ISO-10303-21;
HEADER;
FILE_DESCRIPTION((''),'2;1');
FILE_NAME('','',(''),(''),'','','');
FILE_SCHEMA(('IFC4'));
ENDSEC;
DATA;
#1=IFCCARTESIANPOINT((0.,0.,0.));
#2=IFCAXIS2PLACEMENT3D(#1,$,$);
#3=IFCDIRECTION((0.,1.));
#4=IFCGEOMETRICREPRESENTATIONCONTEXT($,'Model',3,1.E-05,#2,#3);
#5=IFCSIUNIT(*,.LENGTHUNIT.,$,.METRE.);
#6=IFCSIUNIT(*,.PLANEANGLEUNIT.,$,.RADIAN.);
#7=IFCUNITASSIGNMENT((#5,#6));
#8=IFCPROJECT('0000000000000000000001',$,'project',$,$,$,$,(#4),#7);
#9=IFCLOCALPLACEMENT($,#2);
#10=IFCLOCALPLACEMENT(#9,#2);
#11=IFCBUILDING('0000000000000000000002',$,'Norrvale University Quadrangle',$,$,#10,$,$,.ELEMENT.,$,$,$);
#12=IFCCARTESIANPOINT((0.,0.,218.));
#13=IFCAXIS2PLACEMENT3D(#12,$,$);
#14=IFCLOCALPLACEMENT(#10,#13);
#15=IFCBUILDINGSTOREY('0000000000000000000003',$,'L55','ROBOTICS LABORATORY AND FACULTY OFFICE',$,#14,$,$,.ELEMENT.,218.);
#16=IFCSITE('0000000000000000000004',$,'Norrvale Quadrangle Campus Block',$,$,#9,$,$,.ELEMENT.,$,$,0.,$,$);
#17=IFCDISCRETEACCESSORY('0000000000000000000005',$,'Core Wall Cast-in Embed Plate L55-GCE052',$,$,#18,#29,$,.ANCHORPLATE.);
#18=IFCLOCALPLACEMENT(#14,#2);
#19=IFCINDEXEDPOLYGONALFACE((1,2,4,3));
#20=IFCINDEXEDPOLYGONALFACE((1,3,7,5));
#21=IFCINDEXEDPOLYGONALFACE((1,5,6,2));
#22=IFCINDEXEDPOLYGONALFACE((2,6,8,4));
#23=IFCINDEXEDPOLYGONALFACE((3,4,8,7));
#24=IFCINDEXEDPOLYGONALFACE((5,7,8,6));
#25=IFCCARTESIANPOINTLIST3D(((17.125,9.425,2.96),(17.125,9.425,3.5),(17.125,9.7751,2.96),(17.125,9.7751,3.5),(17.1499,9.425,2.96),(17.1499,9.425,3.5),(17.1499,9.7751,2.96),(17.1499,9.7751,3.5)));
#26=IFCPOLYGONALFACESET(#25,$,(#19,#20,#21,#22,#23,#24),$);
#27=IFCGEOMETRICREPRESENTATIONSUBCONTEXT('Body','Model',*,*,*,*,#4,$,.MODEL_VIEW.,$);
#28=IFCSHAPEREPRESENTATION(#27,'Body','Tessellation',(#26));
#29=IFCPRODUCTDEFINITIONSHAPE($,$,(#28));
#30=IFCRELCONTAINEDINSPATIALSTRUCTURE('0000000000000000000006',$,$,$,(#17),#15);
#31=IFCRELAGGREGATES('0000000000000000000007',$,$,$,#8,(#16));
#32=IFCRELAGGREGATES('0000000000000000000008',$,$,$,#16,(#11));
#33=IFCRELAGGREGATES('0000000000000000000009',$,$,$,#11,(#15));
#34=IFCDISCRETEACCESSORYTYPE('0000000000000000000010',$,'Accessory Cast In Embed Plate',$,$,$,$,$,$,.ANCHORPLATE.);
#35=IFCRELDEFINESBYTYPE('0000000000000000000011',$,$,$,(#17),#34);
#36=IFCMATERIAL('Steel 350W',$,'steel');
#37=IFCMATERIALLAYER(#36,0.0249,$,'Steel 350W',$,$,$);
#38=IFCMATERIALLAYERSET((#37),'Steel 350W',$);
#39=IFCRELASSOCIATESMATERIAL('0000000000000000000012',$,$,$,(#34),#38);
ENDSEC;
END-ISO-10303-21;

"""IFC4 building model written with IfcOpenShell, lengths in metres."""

from ifc_helpers import new_model, si_unit, direction, frame, origin, origin_2d, place, context, subcontext, project, spatial, rectangle, extrude, material, layer, layer_set, type_object, element, save


model = new_model("IFC4")

# Units and contexts
model_context = context("Model", 3, precision=1e-05, world=origin(), true_north=direction((0.0, 1.0)))
body_context = subcontext(model_context, "Body", "Model", "MODEL_VIEW")
ifc_project = project(units=[si_unit("LENGTHUNIT", "METRE"), si_unit("PLANEANGLEUNIT", "RADIAN")], contexts=[model_context])

# Site, building, storey
site_placement = place(None, origin())
site = spatial("IfcSite", under=ifc_project, at=site_placement, Name="Norrvale Quadrangle Campus Block", CompositionType="ELEMENT", RefElevation=0.0)
building_placement = place(site_placement, origin())
building = spatial("IfcBuilding", under=site, at=building_placement, Name="Norrvale University Quadrangle", CompositionType="ELEMENT")
storey_placement = place(building_placement, frame((0.0, 0.0, 218.0)))
storey = spatial("IfcBuildingStorey", under=building, at=storey_placement, Name="L55", Description="ROBOTICS LABORATORY AND FACULTY OFFICE", CompositionType="ELEMENT", Elevation=218.0)

# Shared definitions
ifc_material_1 = material(Name="Steel 350W", Category="steel")

# Discrete accessory
ifc_layer_1 = layer(ifc_material_1, 0.0249, Name="Steel 350W")
ifc_layer_set_1 = layer_set([ifc_layer_1], Name="Steel 350W")
discrete_accessory_type = type_object("IfcDiscreteAccessoryType", Name="Accessory Cast In Embed Plate", PredefinedType="ANCHORPLATE", material=ifc_layer_set_1)
discrete_accessory_placement = place(storey_placement, frame((17.1375, 9.6001, 2.96), z_axis=(0.0, 0.0, 1.0), x_axis=(1.0, 0.0, 0.0)))
element("IfcDiscreteAccessory", 1, at=discrete_accessory_placement, inside=storey, type_object=discrete_accessory_type, Name="Core Wall Cast-in Embed Plate L55-GCE052", PredefinedType="ANCHORPLATE", context=body_context, shape_type="SweptSolid", body=[
    extrude(rectangle(XDim=0.0249, YDim=0.3501, at=origin_2d()), origin(), (0.0, 0.0, 1.0), 0.54),
])

save(model, "model.ifc")
